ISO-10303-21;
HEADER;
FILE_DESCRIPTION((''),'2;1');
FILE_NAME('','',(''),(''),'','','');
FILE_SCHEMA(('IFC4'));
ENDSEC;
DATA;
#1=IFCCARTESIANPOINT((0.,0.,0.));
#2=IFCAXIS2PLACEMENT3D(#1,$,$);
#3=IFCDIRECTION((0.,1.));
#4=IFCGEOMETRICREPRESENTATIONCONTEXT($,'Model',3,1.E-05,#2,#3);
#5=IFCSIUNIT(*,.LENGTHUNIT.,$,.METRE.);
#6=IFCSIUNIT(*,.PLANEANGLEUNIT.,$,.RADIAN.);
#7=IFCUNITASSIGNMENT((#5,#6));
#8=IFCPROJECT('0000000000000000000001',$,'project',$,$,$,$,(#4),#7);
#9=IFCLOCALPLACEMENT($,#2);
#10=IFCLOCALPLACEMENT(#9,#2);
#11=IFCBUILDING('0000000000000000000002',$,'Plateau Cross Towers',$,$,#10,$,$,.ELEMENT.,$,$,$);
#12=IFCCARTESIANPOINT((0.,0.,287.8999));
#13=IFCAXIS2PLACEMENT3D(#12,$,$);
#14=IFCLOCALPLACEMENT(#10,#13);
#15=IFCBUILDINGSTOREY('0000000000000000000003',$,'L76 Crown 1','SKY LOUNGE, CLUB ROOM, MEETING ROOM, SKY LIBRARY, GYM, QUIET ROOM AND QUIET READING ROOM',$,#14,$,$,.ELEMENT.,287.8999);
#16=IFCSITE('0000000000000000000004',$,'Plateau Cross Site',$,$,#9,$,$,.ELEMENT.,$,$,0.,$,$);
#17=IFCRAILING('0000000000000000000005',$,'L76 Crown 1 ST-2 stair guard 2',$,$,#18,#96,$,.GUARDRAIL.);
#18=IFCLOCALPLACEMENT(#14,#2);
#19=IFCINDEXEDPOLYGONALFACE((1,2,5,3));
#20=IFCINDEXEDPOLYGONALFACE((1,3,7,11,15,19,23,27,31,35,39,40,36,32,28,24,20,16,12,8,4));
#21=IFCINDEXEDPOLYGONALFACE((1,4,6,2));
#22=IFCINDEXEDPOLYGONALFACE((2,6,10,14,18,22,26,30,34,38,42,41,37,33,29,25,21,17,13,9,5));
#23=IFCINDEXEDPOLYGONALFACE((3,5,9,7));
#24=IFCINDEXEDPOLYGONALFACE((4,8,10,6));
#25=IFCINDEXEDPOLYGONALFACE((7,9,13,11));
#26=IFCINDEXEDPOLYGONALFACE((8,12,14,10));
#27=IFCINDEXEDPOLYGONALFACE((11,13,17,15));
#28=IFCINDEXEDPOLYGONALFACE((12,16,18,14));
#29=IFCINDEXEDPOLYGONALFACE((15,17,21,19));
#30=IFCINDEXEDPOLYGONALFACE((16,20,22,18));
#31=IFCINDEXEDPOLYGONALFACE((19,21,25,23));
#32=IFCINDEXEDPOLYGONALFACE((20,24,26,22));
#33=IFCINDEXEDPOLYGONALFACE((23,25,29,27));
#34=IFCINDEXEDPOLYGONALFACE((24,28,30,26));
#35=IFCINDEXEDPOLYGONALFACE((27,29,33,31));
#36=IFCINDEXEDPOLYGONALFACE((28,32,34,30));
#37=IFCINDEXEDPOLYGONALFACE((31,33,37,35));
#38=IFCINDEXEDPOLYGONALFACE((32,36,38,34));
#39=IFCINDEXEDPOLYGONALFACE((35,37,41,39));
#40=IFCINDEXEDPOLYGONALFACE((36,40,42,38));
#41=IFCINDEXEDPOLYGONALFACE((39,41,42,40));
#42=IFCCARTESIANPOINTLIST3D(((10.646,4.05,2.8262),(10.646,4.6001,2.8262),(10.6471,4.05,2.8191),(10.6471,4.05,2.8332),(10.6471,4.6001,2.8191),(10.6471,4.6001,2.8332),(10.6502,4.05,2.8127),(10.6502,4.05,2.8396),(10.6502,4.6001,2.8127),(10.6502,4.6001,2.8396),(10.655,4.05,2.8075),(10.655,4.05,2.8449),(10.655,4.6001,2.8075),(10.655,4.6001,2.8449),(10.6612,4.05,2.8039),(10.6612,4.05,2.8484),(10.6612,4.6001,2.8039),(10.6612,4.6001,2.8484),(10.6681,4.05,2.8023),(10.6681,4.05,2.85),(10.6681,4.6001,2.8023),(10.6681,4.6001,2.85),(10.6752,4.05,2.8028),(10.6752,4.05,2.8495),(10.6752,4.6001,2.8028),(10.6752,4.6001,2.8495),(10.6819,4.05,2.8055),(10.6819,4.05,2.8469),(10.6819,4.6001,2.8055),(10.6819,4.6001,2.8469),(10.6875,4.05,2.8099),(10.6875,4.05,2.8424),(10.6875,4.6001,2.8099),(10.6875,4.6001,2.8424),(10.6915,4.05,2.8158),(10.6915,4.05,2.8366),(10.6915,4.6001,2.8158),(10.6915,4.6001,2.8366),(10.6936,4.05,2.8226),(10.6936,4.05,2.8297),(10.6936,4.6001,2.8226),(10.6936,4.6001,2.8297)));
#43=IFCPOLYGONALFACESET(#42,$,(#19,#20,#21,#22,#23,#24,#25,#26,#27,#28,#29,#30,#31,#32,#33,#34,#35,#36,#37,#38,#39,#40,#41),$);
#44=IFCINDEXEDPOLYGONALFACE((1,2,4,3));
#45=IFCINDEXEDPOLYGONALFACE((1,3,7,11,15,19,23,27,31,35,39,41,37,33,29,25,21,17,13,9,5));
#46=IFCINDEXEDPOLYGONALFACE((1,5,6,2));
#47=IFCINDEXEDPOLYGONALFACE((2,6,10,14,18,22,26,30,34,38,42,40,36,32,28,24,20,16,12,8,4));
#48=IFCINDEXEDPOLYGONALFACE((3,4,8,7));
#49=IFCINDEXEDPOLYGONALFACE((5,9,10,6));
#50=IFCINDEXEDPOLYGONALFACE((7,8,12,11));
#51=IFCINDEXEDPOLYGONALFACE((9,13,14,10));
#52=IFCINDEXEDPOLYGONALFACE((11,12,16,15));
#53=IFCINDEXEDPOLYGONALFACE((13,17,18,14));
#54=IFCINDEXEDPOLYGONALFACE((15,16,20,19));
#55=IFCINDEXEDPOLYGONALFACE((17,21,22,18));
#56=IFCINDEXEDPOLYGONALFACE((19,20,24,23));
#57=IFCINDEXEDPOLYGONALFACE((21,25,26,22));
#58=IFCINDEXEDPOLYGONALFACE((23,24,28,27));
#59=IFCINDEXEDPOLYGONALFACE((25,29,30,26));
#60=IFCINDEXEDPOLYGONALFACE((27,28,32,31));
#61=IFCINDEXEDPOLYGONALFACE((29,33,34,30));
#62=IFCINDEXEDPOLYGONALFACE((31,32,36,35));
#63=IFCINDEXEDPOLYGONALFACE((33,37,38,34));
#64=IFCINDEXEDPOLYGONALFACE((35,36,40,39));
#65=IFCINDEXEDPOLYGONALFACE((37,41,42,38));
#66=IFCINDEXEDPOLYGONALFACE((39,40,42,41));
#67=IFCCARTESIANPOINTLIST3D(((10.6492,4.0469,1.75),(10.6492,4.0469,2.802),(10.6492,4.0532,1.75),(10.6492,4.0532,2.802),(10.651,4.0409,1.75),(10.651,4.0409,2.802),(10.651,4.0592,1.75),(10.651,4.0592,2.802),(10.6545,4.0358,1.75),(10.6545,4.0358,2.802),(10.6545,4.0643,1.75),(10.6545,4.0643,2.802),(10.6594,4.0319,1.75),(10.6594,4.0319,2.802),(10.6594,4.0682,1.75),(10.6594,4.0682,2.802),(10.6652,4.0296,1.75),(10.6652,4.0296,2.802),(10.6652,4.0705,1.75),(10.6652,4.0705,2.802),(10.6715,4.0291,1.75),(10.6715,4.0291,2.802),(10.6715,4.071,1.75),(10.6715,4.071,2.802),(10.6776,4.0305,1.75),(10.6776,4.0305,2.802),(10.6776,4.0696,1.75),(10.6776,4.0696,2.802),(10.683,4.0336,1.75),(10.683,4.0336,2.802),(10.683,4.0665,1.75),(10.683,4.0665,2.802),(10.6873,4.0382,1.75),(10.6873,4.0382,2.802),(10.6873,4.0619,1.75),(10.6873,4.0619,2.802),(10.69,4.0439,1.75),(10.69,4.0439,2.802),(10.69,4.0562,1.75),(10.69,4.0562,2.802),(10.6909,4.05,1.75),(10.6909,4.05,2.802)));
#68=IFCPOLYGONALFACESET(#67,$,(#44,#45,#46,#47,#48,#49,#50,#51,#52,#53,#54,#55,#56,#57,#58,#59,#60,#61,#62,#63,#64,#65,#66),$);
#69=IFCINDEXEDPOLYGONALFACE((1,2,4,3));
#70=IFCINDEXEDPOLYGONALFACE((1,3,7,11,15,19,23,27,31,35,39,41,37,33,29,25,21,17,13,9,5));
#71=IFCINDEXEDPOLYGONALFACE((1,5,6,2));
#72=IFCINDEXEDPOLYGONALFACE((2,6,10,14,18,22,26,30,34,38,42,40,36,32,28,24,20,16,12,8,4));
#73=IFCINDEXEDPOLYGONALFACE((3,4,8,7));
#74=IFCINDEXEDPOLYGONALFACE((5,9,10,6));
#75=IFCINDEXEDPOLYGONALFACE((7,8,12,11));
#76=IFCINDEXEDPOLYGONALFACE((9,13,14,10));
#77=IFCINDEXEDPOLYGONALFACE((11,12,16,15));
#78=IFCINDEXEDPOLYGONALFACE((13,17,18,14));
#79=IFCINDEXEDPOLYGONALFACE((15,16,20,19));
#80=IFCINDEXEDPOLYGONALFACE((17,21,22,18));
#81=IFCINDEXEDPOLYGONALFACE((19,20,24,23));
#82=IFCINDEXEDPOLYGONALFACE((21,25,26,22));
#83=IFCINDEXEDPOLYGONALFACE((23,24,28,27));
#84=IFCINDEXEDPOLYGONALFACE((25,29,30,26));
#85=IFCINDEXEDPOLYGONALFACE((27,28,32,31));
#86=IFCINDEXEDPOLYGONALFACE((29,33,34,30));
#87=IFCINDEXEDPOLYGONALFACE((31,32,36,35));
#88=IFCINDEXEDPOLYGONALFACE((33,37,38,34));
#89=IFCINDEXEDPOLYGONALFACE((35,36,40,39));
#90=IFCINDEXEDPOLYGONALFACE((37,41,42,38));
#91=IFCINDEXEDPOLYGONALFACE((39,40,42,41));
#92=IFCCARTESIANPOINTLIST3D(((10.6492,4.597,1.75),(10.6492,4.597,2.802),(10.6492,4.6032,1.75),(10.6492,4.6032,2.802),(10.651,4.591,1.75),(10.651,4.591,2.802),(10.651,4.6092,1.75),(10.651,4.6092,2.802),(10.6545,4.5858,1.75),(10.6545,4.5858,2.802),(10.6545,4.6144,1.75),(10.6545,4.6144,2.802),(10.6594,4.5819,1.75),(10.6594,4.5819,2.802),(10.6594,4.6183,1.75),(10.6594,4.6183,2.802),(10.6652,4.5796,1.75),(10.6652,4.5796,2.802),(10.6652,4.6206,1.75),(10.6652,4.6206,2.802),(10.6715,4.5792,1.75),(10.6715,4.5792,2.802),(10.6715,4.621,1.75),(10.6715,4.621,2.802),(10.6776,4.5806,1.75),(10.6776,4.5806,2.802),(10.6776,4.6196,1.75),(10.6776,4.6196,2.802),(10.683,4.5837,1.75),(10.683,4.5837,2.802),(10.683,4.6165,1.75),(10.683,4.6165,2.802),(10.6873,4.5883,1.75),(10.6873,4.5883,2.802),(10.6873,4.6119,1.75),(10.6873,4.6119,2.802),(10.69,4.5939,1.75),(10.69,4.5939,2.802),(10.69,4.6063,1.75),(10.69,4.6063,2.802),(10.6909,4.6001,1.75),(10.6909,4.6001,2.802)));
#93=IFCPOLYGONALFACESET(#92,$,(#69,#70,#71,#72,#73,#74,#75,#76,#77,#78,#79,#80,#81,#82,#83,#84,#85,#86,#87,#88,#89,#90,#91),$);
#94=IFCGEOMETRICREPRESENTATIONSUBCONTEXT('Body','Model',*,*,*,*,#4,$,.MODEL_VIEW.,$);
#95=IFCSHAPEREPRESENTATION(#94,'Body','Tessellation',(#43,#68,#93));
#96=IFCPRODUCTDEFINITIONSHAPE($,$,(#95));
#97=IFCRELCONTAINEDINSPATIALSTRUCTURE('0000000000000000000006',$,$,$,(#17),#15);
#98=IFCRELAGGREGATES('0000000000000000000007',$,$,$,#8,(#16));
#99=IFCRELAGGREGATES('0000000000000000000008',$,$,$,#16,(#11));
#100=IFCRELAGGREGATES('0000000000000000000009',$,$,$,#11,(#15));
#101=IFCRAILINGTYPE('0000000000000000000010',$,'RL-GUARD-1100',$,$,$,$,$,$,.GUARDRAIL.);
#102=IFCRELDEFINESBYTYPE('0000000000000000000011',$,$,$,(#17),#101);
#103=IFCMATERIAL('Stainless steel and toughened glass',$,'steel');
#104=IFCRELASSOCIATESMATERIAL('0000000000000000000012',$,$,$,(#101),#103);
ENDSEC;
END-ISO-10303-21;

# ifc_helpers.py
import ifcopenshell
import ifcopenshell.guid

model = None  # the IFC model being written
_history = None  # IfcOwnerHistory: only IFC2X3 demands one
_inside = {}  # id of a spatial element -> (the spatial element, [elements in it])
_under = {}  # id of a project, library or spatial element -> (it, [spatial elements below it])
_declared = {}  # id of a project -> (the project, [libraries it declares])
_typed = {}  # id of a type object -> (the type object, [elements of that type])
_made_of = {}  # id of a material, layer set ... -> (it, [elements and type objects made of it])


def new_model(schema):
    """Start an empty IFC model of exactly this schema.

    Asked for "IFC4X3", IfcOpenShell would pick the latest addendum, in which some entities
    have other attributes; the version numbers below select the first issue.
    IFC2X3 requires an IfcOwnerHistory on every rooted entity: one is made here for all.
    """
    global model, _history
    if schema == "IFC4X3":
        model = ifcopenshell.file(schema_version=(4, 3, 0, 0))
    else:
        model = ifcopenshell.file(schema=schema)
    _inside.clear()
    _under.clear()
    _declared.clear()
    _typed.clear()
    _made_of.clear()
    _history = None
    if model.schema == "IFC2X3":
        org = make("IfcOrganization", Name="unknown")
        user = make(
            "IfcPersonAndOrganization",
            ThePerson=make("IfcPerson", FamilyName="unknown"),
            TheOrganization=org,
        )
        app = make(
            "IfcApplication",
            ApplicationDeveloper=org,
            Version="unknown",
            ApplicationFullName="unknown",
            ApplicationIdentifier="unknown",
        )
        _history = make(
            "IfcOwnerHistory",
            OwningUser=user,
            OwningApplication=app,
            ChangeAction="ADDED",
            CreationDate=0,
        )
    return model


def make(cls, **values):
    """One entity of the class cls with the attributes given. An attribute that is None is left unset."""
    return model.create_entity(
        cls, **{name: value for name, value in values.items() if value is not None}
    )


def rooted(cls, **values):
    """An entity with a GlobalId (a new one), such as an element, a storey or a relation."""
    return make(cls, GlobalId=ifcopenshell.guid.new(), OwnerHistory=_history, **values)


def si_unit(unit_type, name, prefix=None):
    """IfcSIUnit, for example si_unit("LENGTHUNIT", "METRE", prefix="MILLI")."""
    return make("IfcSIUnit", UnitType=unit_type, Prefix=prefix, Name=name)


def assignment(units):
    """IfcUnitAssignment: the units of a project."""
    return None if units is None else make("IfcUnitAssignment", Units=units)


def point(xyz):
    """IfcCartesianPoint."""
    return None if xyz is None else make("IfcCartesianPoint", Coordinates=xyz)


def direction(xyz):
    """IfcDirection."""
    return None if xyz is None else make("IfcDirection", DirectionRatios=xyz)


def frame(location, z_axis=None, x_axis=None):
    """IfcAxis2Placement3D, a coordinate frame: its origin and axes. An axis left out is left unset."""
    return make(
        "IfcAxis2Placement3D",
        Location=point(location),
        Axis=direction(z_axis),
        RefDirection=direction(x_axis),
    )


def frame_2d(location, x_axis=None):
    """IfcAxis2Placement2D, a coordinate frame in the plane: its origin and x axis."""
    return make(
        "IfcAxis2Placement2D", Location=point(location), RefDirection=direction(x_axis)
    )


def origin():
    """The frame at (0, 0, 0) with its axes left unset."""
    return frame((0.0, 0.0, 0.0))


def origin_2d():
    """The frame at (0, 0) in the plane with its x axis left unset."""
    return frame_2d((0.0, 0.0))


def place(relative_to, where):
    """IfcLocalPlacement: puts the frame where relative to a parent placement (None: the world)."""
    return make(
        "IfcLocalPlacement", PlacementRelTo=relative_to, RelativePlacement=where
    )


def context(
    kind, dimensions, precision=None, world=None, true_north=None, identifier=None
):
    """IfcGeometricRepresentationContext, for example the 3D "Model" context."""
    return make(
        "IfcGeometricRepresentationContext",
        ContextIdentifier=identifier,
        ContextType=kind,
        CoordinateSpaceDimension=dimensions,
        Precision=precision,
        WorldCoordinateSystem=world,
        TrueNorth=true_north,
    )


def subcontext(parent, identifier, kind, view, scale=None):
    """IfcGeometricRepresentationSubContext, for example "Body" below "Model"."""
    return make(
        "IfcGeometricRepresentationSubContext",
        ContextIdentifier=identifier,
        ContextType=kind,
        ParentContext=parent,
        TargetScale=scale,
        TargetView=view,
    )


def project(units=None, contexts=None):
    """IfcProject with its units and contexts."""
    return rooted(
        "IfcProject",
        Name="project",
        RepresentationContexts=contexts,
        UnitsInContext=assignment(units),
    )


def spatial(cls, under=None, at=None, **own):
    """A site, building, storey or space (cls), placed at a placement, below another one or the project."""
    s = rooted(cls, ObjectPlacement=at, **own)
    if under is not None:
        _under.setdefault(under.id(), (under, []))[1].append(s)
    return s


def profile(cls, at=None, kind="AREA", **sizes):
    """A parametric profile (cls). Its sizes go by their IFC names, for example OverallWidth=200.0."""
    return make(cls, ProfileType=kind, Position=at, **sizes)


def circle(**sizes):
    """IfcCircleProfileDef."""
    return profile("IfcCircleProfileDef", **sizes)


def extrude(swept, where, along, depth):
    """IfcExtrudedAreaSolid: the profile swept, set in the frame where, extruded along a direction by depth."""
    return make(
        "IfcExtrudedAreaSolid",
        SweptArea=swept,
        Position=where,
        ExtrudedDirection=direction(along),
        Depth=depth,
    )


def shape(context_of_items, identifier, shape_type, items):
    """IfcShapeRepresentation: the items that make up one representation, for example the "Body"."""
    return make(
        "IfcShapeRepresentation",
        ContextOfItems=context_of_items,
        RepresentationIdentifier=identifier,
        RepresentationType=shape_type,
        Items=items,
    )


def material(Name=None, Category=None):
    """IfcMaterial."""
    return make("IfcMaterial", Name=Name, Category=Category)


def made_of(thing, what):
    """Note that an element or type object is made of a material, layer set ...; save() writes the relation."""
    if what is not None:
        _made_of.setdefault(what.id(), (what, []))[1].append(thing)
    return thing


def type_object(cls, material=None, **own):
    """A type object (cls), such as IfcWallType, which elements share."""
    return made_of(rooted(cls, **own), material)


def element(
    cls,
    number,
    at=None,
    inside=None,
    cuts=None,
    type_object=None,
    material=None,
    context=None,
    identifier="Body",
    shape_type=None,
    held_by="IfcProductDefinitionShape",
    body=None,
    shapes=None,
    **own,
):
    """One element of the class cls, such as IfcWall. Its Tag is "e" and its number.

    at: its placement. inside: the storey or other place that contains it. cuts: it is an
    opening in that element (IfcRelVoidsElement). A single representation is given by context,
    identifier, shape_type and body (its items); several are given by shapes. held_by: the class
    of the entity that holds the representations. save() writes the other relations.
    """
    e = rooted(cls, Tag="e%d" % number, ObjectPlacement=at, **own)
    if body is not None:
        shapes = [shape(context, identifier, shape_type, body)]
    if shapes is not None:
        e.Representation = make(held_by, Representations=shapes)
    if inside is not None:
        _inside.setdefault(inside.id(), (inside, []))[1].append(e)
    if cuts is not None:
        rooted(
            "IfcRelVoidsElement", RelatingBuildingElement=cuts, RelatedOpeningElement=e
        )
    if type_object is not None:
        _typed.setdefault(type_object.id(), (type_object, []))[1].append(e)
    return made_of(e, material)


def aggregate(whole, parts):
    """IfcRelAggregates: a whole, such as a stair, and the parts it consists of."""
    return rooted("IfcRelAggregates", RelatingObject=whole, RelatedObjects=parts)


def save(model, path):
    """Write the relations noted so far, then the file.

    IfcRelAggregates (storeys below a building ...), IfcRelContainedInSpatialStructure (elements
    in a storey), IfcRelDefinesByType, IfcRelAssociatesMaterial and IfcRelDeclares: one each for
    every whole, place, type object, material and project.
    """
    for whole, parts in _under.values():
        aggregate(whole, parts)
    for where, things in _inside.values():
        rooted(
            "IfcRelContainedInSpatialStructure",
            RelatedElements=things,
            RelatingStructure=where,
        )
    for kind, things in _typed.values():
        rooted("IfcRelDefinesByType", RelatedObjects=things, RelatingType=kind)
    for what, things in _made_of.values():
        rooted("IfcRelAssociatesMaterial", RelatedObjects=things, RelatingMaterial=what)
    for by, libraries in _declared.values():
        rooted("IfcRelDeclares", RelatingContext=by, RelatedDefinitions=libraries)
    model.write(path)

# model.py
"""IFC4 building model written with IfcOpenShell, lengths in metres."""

from ifc_helpers import new_model, si_unit, direction, frame, origin, origin_2d, place, context, subcontext, project, spatial, circle, extrude, material, type_object, element, save


model = new_model("IFC4")

# Units and contexts
model_context = context("Model", 3, precision=1e-05, world=origin(), true_north=direction((0.0, 1.0)))
body_context = subcontext(model_context, "Body", "Model", "MODEL_VIEW")
ifc_project = project(units=[si_unit("LENGTHUNIT", "METRE"), si_unit("PLANEANGLEUNIT", "RADIAN")], contexts=[model_context])

# Site, building, storey
site_placement = place(None, origin())
site = spatial("IfcSite", under=ifc_project, at=site_placement, Name="Plateau Cross Site", CompositionType="ELEMENT", RefElevation=0.0)
building_placement = place(site_placement, origin())
building = spatial("IfcBuilding", under=site, at=building_placement, Name="Plateau Cross Towers", CompositionType="ELEMENT")
storey_placement = place(building_placement, frame((0.0, 0.0, 287.8999)))
storey = spatial("IfcBuildingStorey", under=building, at=storey_placement, Name="L76 Crown 1", Description="SKY LOUNGE, CLUB ROOM, MEETING ROOM, SKY LIBRARY, GYM, QUIET ROOM AND QUIET READING ROOM", CompositionType="ELEMENT", Elevation=287.8999)

# Railing
ifc_material_1 = material(Name="Stainless steel and toughened glass", Category="steel")
railing_type_1 = type_object("IfcRailingType", Name="RL-GUARD-1100", PredefinedType="GUARDRAIL", material=ifc_material_1)
railing_1_placement = place(storey_placement, frame((10.6699, 4.05, 1.75)))
element("IfcRailing", 1, at=railing_1_placement, inside=storey, type_object=railing_type_1, Name="L76 Crown 1 ST-2 stair guard 2", PredefinedType="GUARDRAIL", context=body_context, shape_type="SweptSolid", body=[
    extrude(circle(Radius=0.0239, at=origin_2d()), frame((0.0, 0.0, 1.0762), z_axis=(0.0, 1.0, 0.0), x_axis=(-1.0, 0.0, 0.0)), (0.0, 0.0, 1.0), 0.55),
    extrude(circle(Radius=0.021, at=origin_2d()), origin(), (0.0, 0.0, 1.0), 1.052),
    extrude(circle(Radius=0.021, at=origin_2d()), frame((0.0, 0.55, 0.0)), (0.0, 0.0, 1.0), 1.052),
])

save(model, "model.ifc")
